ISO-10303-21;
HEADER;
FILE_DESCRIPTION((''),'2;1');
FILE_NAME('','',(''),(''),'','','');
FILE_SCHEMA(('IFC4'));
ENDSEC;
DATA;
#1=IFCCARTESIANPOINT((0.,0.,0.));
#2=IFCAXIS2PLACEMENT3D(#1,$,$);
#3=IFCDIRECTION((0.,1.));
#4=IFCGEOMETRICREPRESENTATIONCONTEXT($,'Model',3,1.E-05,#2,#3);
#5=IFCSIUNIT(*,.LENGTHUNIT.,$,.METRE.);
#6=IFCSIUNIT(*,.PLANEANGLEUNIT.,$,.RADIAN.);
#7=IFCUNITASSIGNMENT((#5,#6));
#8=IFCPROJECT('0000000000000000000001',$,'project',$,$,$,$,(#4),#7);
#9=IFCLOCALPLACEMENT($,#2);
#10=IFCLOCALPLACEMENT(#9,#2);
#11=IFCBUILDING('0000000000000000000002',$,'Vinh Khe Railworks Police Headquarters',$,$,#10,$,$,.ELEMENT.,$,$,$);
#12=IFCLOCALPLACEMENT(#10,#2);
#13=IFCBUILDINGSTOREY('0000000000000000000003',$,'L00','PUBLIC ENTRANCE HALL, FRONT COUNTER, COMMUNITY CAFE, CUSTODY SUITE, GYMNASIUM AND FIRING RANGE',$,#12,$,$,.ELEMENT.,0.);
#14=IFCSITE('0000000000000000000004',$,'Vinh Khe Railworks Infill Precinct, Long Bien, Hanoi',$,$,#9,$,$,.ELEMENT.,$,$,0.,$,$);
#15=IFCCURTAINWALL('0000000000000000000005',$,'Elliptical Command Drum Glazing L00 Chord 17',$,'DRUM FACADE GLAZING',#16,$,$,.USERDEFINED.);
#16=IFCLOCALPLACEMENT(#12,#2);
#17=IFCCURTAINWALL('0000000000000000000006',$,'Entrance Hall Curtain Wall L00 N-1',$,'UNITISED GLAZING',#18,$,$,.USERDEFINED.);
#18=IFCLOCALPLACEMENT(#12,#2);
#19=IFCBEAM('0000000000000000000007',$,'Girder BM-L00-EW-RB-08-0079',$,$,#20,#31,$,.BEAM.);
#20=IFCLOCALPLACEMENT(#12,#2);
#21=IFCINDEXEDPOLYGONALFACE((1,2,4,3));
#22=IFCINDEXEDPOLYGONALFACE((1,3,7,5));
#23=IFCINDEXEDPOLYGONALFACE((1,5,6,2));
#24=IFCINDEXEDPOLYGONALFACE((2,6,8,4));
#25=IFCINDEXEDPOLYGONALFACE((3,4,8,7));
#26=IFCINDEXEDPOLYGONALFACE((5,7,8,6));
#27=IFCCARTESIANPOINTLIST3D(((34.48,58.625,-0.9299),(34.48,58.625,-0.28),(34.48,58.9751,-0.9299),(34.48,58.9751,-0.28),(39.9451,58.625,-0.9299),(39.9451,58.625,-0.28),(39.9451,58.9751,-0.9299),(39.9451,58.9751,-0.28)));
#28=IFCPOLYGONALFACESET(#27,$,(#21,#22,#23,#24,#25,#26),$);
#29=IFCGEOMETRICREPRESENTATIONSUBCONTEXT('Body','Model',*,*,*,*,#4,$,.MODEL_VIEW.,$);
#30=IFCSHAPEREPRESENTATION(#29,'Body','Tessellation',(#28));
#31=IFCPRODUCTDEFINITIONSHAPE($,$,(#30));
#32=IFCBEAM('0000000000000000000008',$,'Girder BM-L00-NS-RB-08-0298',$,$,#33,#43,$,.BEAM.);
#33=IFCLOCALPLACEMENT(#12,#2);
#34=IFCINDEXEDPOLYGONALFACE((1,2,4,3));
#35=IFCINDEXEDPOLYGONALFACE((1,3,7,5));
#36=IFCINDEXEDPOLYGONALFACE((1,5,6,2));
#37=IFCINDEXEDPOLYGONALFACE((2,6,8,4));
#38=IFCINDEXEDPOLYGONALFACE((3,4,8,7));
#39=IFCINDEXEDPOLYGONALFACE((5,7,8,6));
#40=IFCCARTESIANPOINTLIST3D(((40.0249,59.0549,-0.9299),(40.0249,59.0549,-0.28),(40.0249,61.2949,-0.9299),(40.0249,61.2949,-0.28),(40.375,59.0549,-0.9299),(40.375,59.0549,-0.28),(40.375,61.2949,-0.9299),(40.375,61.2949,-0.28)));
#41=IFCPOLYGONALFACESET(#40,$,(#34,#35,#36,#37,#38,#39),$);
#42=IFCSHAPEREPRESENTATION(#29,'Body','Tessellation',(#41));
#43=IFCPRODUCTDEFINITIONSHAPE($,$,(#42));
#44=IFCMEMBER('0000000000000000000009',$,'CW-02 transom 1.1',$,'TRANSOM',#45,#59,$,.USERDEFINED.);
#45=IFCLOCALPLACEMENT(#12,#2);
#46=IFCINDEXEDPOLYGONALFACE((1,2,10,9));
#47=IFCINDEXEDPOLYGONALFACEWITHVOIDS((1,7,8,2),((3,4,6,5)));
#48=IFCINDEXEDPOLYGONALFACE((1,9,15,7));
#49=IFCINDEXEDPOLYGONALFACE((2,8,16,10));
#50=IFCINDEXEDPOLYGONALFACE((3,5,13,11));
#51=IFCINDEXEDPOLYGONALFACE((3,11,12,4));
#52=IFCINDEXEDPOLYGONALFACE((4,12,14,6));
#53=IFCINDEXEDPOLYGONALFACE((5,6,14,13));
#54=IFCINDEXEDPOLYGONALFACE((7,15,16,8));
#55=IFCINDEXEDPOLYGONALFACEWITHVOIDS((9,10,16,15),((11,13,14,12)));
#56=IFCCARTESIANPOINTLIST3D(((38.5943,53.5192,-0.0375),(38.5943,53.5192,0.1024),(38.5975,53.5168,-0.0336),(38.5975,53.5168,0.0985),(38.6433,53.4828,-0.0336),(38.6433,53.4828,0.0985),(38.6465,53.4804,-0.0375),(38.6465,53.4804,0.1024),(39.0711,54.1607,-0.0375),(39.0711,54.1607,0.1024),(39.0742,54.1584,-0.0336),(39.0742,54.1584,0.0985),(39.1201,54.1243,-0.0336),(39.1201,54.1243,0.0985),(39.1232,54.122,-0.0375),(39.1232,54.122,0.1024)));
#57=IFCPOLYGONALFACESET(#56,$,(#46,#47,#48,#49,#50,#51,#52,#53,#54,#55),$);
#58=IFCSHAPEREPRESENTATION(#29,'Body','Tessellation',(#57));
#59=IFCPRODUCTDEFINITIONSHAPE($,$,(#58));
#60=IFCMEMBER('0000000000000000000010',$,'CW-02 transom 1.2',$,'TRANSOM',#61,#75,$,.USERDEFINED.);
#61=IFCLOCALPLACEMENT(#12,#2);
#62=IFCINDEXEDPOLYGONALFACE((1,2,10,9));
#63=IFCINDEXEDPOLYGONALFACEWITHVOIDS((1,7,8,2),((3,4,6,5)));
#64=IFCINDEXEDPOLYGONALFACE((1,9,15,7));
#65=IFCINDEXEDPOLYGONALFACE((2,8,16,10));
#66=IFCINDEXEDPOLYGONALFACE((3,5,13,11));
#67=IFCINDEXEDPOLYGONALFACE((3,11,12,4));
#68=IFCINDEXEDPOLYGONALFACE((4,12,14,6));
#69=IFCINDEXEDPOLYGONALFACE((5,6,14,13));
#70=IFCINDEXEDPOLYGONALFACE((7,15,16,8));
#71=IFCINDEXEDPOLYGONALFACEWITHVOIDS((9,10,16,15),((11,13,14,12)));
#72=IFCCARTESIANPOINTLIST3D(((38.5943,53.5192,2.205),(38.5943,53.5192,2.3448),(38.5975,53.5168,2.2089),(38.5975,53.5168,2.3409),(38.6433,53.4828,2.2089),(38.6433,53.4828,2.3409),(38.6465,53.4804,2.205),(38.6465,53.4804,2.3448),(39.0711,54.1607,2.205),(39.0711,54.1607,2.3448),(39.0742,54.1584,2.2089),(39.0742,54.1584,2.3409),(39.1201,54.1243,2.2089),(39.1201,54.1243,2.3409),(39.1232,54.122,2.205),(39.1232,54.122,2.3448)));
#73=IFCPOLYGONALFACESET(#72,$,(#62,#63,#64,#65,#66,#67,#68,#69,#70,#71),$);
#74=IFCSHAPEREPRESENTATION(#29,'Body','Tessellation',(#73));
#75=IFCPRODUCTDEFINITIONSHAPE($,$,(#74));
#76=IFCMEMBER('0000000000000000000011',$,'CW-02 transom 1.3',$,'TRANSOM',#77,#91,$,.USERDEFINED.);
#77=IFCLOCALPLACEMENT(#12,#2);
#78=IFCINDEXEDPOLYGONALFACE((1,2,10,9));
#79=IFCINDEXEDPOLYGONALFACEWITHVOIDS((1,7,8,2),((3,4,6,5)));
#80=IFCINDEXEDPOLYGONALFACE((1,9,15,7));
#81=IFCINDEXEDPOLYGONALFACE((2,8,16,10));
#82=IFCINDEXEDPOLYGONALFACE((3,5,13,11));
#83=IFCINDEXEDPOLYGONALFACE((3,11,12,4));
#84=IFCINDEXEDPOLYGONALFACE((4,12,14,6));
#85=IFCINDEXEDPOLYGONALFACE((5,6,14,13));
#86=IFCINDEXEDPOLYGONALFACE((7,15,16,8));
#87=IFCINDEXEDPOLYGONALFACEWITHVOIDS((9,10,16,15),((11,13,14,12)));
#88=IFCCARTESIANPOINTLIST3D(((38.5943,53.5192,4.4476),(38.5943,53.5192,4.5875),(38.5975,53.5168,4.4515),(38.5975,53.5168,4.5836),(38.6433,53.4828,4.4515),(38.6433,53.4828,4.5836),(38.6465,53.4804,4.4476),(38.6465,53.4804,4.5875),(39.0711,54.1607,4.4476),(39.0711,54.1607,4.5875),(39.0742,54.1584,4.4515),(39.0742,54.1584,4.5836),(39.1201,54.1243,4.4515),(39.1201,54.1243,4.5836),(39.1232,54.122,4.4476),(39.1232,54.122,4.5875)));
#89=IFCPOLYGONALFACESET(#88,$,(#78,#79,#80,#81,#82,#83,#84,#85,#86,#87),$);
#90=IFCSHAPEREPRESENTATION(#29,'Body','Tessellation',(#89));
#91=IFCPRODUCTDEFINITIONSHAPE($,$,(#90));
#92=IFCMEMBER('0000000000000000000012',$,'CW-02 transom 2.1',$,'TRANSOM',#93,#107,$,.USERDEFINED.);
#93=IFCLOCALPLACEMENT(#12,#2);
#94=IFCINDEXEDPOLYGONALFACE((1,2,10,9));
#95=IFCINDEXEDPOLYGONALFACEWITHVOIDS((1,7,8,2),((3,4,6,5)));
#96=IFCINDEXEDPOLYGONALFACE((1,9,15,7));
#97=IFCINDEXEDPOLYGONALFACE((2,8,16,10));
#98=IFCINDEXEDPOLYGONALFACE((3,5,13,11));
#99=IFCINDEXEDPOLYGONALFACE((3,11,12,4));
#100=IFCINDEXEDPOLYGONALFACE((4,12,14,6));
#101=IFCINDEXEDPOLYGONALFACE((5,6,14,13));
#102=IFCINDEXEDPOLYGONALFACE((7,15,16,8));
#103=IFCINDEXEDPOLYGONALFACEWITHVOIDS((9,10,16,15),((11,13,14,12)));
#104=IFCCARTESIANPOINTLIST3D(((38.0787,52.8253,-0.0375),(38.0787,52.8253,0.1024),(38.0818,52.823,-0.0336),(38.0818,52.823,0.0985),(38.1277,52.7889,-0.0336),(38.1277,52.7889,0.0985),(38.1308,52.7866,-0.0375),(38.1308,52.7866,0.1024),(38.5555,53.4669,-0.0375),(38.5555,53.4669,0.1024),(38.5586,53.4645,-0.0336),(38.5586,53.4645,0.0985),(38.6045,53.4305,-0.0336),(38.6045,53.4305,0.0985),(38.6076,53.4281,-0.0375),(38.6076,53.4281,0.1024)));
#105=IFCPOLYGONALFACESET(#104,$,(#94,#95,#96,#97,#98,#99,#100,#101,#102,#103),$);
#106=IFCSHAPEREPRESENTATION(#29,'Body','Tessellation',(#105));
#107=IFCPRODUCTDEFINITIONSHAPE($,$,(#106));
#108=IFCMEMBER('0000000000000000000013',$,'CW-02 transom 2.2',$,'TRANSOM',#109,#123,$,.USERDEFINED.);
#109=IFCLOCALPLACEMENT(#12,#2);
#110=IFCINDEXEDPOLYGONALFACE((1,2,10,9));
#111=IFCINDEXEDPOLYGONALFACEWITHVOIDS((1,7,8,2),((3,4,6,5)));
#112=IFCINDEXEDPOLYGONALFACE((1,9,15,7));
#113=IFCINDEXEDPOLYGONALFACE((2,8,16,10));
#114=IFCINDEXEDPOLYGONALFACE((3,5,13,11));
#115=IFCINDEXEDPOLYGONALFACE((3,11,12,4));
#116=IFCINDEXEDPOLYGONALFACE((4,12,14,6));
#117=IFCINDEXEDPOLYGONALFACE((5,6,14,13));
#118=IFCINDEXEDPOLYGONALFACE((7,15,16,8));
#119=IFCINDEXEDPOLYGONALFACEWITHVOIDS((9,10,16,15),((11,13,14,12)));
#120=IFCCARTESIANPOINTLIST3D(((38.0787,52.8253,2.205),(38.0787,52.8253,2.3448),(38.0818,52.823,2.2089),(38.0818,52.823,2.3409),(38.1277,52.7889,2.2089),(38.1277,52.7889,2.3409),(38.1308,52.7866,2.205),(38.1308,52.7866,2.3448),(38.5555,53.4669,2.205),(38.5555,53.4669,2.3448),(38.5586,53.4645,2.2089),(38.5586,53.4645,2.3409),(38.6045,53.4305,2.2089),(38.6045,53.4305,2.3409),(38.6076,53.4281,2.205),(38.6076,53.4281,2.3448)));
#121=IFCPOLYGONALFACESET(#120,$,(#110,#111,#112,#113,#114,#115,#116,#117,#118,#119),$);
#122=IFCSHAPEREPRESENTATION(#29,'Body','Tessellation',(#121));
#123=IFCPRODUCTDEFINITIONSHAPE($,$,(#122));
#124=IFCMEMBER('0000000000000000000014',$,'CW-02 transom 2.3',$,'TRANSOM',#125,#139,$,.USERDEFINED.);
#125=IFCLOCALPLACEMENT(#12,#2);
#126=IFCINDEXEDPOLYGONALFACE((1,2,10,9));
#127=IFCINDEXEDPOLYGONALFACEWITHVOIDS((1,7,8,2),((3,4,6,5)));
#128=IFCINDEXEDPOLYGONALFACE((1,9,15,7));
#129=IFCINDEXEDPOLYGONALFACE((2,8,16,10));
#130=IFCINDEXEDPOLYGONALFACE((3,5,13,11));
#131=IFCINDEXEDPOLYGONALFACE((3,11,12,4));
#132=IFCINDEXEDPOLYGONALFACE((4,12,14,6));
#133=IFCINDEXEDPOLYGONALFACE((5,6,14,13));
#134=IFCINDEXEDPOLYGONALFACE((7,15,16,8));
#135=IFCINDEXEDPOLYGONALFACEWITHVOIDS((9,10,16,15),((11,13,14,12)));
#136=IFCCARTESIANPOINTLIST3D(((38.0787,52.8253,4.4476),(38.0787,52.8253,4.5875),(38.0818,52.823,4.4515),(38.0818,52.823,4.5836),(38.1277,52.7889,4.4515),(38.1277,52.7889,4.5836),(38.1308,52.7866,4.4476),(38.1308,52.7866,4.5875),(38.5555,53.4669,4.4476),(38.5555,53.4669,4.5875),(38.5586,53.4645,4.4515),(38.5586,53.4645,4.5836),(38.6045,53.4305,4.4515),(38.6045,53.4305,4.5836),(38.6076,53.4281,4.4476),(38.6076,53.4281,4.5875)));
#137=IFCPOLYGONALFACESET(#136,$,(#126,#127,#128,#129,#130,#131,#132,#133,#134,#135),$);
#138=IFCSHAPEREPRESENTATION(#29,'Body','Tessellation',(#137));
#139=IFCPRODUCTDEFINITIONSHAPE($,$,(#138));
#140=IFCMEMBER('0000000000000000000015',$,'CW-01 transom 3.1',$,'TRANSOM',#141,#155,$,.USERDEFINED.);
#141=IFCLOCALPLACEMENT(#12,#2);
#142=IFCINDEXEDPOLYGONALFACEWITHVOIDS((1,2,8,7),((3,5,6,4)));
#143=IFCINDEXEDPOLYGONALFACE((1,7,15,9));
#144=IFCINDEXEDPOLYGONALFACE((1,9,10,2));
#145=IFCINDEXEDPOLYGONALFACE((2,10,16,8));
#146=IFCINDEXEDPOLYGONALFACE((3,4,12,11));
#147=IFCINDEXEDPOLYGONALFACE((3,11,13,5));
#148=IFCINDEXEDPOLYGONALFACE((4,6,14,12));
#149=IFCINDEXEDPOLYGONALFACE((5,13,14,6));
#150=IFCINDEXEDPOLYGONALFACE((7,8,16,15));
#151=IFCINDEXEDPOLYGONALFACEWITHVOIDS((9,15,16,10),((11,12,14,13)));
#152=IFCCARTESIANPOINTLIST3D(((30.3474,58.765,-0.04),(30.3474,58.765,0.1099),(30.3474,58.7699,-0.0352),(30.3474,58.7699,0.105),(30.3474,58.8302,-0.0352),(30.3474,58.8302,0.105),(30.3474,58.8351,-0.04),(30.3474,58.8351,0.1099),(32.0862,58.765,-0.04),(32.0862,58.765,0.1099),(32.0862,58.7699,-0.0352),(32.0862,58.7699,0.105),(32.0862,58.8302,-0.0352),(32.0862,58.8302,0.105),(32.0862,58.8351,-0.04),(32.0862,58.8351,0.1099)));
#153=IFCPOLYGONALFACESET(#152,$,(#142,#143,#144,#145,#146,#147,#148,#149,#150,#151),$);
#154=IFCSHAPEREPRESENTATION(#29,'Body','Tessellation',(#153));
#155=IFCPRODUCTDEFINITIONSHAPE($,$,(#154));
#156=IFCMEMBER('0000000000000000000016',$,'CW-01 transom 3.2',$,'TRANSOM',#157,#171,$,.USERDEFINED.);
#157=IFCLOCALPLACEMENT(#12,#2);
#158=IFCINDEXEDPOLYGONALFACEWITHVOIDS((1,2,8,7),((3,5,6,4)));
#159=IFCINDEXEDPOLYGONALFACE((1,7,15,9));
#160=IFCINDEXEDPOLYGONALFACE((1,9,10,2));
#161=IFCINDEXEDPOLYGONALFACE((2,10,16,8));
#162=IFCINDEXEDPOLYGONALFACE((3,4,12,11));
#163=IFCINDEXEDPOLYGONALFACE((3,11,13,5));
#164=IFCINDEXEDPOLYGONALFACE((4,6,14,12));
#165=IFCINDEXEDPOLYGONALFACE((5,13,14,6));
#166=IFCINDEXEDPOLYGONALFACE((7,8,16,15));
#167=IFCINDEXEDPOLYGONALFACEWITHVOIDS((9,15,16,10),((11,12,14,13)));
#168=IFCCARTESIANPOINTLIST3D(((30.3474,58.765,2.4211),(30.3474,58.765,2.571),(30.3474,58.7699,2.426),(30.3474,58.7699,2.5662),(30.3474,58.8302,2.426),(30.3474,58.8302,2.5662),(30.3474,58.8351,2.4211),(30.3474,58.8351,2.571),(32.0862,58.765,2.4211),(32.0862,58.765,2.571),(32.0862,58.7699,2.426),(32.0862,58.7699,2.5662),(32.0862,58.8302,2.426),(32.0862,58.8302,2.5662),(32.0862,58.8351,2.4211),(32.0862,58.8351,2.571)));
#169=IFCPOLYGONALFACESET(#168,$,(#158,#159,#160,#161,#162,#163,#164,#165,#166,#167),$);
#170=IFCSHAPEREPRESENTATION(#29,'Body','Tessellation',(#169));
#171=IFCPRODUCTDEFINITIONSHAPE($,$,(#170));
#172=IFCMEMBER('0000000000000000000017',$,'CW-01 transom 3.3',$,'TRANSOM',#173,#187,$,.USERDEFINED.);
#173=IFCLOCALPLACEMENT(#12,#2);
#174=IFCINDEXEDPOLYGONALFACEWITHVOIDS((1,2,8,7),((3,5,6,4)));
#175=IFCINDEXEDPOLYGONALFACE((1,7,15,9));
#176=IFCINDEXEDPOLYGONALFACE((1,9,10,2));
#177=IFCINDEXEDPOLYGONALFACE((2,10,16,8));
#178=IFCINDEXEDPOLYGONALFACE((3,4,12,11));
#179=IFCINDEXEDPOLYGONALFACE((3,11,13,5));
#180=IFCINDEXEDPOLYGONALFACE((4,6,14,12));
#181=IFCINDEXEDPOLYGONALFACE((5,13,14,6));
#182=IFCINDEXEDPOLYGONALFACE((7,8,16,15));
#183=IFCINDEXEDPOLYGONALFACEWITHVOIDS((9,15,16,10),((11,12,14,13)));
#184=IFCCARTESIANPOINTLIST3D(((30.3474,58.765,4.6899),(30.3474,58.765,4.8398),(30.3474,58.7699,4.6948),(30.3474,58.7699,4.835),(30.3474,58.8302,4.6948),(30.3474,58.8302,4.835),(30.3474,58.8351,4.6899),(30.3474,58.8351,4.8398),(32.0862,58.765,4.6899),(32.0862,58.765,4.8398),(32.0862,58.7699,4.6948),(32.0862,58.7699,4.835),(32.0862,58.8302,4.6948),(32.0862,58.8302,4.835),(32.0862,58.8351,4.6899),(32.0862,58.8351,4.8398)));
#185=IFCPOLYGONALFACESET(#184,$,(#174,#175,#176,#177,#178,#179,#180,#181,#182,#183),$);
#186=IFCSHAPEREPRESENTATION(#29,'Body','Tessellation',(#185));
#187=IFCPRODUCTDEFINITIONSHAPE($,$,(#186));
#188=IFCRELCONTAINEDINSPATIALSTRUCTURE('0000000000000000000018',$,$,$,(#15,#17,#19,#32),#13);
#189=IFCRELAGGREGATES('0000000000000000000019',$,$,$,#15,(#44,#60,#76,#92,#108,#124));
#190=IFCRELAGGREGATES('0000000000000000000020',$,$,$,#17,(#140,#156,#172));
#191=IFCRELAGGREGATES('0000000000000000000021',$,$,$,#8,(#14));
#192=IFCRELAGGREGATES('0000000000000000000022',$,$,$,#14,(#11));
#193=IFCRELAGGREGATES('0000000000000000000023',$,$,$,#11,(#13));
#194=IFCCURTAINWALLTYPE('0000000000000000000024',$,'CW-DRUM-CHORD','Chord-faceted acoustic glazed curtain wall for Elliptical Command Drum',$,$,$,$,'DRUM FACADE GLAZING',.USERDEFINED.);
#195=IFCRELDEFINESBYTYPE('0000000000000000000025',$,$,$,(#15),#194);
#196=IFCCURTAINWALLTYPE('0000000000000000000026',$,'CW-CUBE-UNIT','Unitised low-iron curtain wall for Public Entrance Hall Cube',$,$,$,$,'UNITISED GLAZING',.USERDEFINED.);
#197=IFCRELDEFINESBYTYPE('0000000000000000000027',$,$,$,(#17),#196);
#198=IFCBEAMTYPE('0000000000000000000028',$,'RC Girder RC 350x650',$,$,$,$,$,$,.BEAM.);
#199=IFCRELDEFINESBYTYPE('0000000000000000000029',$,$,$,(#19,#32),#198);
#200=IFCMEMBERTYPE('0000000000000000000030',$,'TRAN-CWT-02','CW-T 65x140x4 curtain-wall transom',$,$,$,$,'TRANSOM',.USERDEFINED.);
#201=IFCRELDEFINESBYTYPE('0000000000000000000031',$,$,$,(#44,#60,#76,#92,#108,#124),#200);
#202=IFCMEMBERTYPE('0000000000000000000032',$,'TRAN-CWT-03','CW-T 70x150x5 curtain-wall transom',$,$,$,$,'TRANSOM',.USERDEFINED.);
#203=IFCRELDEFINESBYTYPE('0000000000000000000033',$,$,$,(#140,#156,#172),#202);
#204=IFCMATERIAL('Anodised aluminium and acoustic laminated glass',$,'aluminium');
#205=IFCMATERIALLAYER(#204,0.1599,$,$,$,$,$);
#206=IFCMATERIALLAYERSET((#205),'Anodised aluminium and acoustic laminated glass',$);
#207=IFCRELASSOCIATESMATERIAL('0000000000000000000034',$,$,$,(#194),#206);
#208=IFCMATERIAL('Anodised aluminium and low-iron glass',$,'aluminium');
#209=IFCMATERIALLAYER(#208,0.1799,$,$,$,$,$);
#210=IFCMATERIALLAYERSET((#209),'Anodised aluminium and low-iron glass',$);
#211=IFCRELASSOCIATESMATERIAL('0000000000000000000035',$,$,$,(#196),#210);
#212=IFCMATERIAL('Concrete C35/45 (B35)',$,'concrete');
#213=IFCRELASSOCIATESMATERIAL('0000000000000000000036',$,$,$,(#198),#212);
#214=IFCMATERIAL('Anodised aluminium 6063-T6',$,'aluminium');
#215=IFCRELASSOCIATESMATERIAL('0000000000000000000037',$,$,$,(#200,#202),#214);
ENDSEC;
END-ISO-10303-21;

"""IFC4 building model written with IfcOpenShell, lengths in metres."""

from ifc_helpers import new_model, si_unit, direction, frame, origin, origin_2d, place, context, subcontext, project, spatial, rectangle, hollow_rectangle, extrude, material, layer, layer_set, material_profile, profile_set, type_object, element, aggregate, save


model = new_model("IFC4")

# Units and contexts
model_context = context("Model", 3, precision=1e-05, world=origin(), true_north=direction((0.0, 1.0)))
body_context = subcontext(model_context, "Body", "Model", "MODEL_VIEW")
ifc_project = project(units=[si_unit("LENGTHUNIT", "METRE"), si_unit("PLANEANGLEUNIT", "RADIAN")], contexts=[model_context])

# Site, building, storey
site_placement = place(None, origin())
site = spatial("IfcSite", under=ifc_project, at=site_placement, Name="Vinh Khe Railworks Infill Precinct, Long Bien, Hanoi", CompositionType="ELEMENT", RefElevation=0.0)
building_placement = place(site_placement, origin())
building = spatial("IfcBuilding", under=site, at=building_placement, Name="Vinh Khe Railworks Police Headquarters", CompositionType="ELEMENT")
storey_placement = place(building_placement, origin())
storey = spatial("IfcBuildingStorey", under=building, at=storey_placement, Name="L00", Description="PUBLIC ENTRANCE HALL, FRONT COUNTER, COMMUNITY CAFE, CUSTODY SUITE, GYMNASIUM AND FIRING RANGE", CompositionType="ELEMENT", Elevation=0.0)

# Curtain walls
ifc_material_1 = material(Name="Anodised aluminium and acoustic laminated glass", Category="aluminium")
ifc_layer_1 = layer(ifc_material_1, 0.1599)
ifc_layer_set_1 = layer_set([ifc_layer_1], Name="Anodised aluminium and acoustic laminated glass")
curtain_wall_type_1 = type_object("IfcCurtainWallType", Name="CW-DRUM-CHORD", Description="Chord-faceted acoustic glazed curtain wall for Elliptical Command Drum", ElementType="DRUM FACADE GLAZING", PredefinedType="USERDEFINED", material=ifc_layer_set_1)
curtain_wall_1_placement = place(storey_placement, origin())
curtain_wall_1 = element("IfcCurtainWall", 1, at=curtain_wall_1_placement, inside=storey, type_object=curtain_wall_type_1, Name="Elliptical Command Drum Glazing L00 Chord 17", ObjectType="DRUM FACADE GLAZING", PredefinedType="USERDEFINED")
ifc_material_2 = material(Name="Anodised aluminium 6063-T6", Category="aluminium")
ifc_material_3 = material(Name="Anodised aluminium and low-iron glass", Category="aluminium")
ifc_layer_2 = layer(ifc_material_3, 0.1799)
ifc_layer_set_2 = layer_set([ifc_layer_2], Name="Anodised aluminium and low-iron glass")
curtain_wall_type_2 = type_object("IfcCurtainWallType", Name="CW-CUBE-UNIT", Description="Unitised low-iron curtain wall for Public Entrance Hall Cube", ElementType="UNITISED GLAZING", PredefinedType="USERDEFINED", material=ifc_layer_set_2)
curtain_wall_2_placement = place(storey_placement, origin())
curtain_wall_2 = element("IfcCurtainWall", 2, at=curtain_wall_2_placement, inside=storey, type_object=curtain_wall_type_2, Name="Entrance Hall Curtain Wall L00 N-1", ObjectType="UNITISED GLAZING", PredefinedType="USERDEFINED")

# Beams
ifc_material_4 = material(Name="Concrete C35/45 (B35)", Category="concrete")
ifc_material_profile_1 = material_profile(ifc_material_4, rectangle(XDim=0.3501, YDim=0.6499, at=origin_2d()), Name="RC 350x650")
ifc_profile_set_1 = profile_set([ifc_material_profile_1], Name="Concrete C35/45 (B35)")
beam_type_1 = type_object("IfcBeamType", Name="RC Girder RC 350x650", PredefinedType="BEAM", material=ifc_profile_set_1)
beam_1_placement = place(storey_placement, frame((34.48, 58.8, -0.605), z_axis=(1.0, 0.0, 0.0), x_axis=(0.0, 1.0, 0.0)))
element("IfcBeam", 3, at=beam_1_placement, inside=storey, type_object=beam_type_1, Name="Girder BM-L00-EW-RB-08-0079", PredefinedType="BEAM", context=body_context, shape_type="SweptSolid", body=[
    extrude(rectangle(XDim=0.3501, YDim=0.6499, at=origin_2d()), origin(), (0.0, 0.0, 1.0), 5.4651),
])
beam_2_placement = place(storey_placement, frame((40.2, 59.0549, -0.605), z_axis=(0.0, 1.0, 0.0), x_axis=(-1.0, 0.0, 0.0)))
element("IfcBeam", 4, at=beam_2_placement, inside=storey, type_object=beam_type_1, Name="Girder BM-L00-NS-RB-08-0298", PredefinedType="BEAM", context=body_context, shape_type="SweptSolid", body=[
    extrude(rectangle(XDim=0.3501, YDim=0.6499, at=origin_2d()), origin(), (0.0, 0.0, 1.0), 2.24),
])

# Members
ifc_material_profile_2 = material_profile(ifc_material_2, hollow_rectangle(XDim=0.0649, YDim=0.1399, WallThickness=0.0039, at=origin_2d()), Name="CW-T 65x140x4")
ifc_profile_set_2 = profile_set([ifc_material_profile_2], Name="Anodised aluminium 6063-T6")
member_type_1 = type_object("IfcMemberType", Name="TRAN-CWT-02", Description="CW-T 65x140x4 curtain-wall transom", ElementType="TRANSOM", PredefinedType="USERDEFINED", material=ifc_profile_set_2)
member_1_placement = place(storey_placement, frame((39.0972, 54.1414, 0.0325), z_axis=(-0.596476, -0.802631, 0.0), x_axis=(0.802631, -0.596476, 0.0)))
member_1 = element("IfcMember", 5, at=member_1_placement, type_object=member_type_1, Name="CW-02 transom 1.1", ObjectType="TRANSOM", PredefinedType="USERDEFINED", context=body_context, shape_type="SweptSolid", body=[
    extrude(hollow_rectangle(XDim=0.0649, YDim=0.1399, WallThickness=0.0039, at=origin_2d()), origin(), (0.0, 0.0, 1.0), 0.7993),
])
member_2_placement = place(storey_placement, frame((39.0972, 54.1414, 2.2749), z_axis=(-0.596476, -0.802631, 0.0), x_axis=(0.802631, -0.596476, 0.0)))
member_2 = element("IfcMember", 6, at=member_2_placement, type_object=member_type_1, Name="CW-02 transom 1.2", ObjectType="TRANSOM", PredefinedType="USERDEFINED", context=body_context, shape_type="SweptSolid", body=[
    extrude(hollow_rectangle(XDim=0.0649, YDim=0.1399, WallThickness=0.0039, at=origin_2d()), origin(), (0.0, 0.0, 1.0), 0.7993),
])
member_3_placement = place(storey_placement, frame((39.0972, 54.1414, 4.5176), z_axis=(-0.596476, -0.802631, 0.0), x_axis=(0.802631, -0.596476, 0.0)))
member_3 = element("IfcMember", 7, at=member_3_placement, type_object=member_type_1, Name="CW-02 transom 1.3", ObjectType="TRANSOM", PredefinedType="USERDEFINED", context=body_context, shape_type="SweptSolid", body=[
    extrude(hollow_rectangle(XDim=0.0649, YDim=0.1399, WallThickness=0.0039, at=origin_2d()), origin(), (0.0, 0.0, 1.0), 0.7993),
])
member_4_placement = place(storey_placement, frame((38.5815, 53.4475, 0.0325), z_axis=(-0.596476, -0.802631, 0.0), x_axis=(0.802631, -0.596476, 0.0)))
member_4 = element("IfcMember", 8, at=member_4_placement, type_object=member_type_1, Name="CW-02 transom 2.1", ObjectType="TRANSOM", PredefinedType="USERDEFINED", context=body_context, shape_type="SweptSolid", body=[
    extrude(hollow_rectangle(XDim=0.0649, YDim=0.1399, WallThickness=0.0039, at=origin_2d()), origin(), (0.0, 0.0, 1.0), 0.7993),
])
member_5_placement = place(storey_placement, frame((38.5815, 53.4475, 2.2749), z_axis=(-0.596476, -0.802631, 0.0), x_axis=(0.802631, -0.596476, 0.0)))
member_5 = element("IfcMember", 9, at=member_5_placement, type_object=member_type_1, Name="CW-02 transom 2.2", ObjectType="TRANSOM", PredefinedType="USERDEFINED", context=body_context, shape_type="SweptSolid", body=[
    extrude(hollow_rectangle(XDim=0.0649, YDim=0.1399, WallThickness=0.0039, at=origin_2d()), origin(), (0.0, 0.0, 1.0), 0.7993),
])
member_6_placement = place(storey_placement, frame((38.5815, 53.4475, 4.5176), z_axis=(-0.596476, -0.802631, 0.0), x_axis=(0.802631, -0.596476, 0.0)))
member_6 = element("IfcMember", 10, at=member_6_placement, type_object=member_type_1, Name="CW-02 transom 2.3", ObjectType="TRANSOM", PredefinedType="USERDEFINED", context=body_context, shape_type="SweptSolid", body=[
    extrude(hollow_rectangle(XDim=0.0649, YDim=0.1399, WallThickness=0.0039, at=origin_2d()), origin(), (0.0, 0.0, 1.0), 0.7993),
])
ifc_material_profile_3 = material_profile(ifc_material_2, hollow_rectangle(XDim=0.0701, YDim=0.1499, WallThickness=0.0049, at=origin_2d()), Name="CW-T 70x150x5")
ifc_profile_set_3 = profile_set([ifc_material_profile_3], Name="Anodised aluminium 6063-T6")
member_type_2 = type_object("IfcMemberType", Name="TRAN-CWT-03", Description="CW-T 70x150x5 curtain-wall transom", ElementType="TRANSOM", PredefinedType="USERDEFINED", material=ifc_profile_set_3)
member_7_placement = place(storey_placement, frame((30.3474, 58.8, 0.0349), z_axis=(1.0, 0.0, 0.0), x_axis=(0.0, 1.0, 0.0)))
member_7 = element("IfcMember", 11, at=member_7_placement, type_object=member_type_2, Name="CW-01 transom 3.1", ObjectType="TRANSOM", PredefinedType="USERDEFINED", context=body_context, shape_type="SweptSolid", body=[
    extrude(hollow_rectangle(XDim=0.0701, YDim=0.1499, WallThickness=0.0049, at=origin_2d()), origin(), (0.0, 0.0, 1.0), 1.7388),
])
member_8_placement = place(storey_placement, frame((30.3474, 58.8, 2.4961), z_axis=(1.0, 0.0, 0.0), x_axis=(0.0, 1.0, 0.0)))
member_8 = element("IfcMember", 12, at=member_8_placement, type_object=member_type_2, Name="CW-01 transom 3.2", ObjectType="TRANSOM", PredefinedType="USERDEFINED", context=body_context, shape_type="SweptSolid", body=[
    extrude(hollow_rectangle(XDim=0.0701, YDim=0.1499, WallThickness=0.0049, at=origin_2d()), origin(), (0.0, 0.0, 1.0), 1.7388),
])
member_9_placement = place(storey_placement, frame((30.3474, 58.8, 4.7649), z_axis=(1.0, 0.0, 0.0), x_axis=(0.0, 1.0, 0.0)))
member_9 = element("IfcMember", 13, at=member_9_placement, type_object=member_type_2, Name="CW-01 transom 3.3", ObjectType="TRANSOM", PredefinedType="USERDEFINED", context=body_context, shape_type="SweptSolid", body=[
    extrude(hollow_rectangle(XDim=0.0701, YDim=0.1499, WallThickness=0.0049, at=origin_2d()), origin(), (0.0, 0.0, 1.0), 1.7388),
])

aggregate(curtain_wall_1, [member_1, member_2, member_3, member_4, member_5, member_6])
aggregate(curtain_wall_2, [member_7, member_8, member_9])

save(model, "model.ifc")
